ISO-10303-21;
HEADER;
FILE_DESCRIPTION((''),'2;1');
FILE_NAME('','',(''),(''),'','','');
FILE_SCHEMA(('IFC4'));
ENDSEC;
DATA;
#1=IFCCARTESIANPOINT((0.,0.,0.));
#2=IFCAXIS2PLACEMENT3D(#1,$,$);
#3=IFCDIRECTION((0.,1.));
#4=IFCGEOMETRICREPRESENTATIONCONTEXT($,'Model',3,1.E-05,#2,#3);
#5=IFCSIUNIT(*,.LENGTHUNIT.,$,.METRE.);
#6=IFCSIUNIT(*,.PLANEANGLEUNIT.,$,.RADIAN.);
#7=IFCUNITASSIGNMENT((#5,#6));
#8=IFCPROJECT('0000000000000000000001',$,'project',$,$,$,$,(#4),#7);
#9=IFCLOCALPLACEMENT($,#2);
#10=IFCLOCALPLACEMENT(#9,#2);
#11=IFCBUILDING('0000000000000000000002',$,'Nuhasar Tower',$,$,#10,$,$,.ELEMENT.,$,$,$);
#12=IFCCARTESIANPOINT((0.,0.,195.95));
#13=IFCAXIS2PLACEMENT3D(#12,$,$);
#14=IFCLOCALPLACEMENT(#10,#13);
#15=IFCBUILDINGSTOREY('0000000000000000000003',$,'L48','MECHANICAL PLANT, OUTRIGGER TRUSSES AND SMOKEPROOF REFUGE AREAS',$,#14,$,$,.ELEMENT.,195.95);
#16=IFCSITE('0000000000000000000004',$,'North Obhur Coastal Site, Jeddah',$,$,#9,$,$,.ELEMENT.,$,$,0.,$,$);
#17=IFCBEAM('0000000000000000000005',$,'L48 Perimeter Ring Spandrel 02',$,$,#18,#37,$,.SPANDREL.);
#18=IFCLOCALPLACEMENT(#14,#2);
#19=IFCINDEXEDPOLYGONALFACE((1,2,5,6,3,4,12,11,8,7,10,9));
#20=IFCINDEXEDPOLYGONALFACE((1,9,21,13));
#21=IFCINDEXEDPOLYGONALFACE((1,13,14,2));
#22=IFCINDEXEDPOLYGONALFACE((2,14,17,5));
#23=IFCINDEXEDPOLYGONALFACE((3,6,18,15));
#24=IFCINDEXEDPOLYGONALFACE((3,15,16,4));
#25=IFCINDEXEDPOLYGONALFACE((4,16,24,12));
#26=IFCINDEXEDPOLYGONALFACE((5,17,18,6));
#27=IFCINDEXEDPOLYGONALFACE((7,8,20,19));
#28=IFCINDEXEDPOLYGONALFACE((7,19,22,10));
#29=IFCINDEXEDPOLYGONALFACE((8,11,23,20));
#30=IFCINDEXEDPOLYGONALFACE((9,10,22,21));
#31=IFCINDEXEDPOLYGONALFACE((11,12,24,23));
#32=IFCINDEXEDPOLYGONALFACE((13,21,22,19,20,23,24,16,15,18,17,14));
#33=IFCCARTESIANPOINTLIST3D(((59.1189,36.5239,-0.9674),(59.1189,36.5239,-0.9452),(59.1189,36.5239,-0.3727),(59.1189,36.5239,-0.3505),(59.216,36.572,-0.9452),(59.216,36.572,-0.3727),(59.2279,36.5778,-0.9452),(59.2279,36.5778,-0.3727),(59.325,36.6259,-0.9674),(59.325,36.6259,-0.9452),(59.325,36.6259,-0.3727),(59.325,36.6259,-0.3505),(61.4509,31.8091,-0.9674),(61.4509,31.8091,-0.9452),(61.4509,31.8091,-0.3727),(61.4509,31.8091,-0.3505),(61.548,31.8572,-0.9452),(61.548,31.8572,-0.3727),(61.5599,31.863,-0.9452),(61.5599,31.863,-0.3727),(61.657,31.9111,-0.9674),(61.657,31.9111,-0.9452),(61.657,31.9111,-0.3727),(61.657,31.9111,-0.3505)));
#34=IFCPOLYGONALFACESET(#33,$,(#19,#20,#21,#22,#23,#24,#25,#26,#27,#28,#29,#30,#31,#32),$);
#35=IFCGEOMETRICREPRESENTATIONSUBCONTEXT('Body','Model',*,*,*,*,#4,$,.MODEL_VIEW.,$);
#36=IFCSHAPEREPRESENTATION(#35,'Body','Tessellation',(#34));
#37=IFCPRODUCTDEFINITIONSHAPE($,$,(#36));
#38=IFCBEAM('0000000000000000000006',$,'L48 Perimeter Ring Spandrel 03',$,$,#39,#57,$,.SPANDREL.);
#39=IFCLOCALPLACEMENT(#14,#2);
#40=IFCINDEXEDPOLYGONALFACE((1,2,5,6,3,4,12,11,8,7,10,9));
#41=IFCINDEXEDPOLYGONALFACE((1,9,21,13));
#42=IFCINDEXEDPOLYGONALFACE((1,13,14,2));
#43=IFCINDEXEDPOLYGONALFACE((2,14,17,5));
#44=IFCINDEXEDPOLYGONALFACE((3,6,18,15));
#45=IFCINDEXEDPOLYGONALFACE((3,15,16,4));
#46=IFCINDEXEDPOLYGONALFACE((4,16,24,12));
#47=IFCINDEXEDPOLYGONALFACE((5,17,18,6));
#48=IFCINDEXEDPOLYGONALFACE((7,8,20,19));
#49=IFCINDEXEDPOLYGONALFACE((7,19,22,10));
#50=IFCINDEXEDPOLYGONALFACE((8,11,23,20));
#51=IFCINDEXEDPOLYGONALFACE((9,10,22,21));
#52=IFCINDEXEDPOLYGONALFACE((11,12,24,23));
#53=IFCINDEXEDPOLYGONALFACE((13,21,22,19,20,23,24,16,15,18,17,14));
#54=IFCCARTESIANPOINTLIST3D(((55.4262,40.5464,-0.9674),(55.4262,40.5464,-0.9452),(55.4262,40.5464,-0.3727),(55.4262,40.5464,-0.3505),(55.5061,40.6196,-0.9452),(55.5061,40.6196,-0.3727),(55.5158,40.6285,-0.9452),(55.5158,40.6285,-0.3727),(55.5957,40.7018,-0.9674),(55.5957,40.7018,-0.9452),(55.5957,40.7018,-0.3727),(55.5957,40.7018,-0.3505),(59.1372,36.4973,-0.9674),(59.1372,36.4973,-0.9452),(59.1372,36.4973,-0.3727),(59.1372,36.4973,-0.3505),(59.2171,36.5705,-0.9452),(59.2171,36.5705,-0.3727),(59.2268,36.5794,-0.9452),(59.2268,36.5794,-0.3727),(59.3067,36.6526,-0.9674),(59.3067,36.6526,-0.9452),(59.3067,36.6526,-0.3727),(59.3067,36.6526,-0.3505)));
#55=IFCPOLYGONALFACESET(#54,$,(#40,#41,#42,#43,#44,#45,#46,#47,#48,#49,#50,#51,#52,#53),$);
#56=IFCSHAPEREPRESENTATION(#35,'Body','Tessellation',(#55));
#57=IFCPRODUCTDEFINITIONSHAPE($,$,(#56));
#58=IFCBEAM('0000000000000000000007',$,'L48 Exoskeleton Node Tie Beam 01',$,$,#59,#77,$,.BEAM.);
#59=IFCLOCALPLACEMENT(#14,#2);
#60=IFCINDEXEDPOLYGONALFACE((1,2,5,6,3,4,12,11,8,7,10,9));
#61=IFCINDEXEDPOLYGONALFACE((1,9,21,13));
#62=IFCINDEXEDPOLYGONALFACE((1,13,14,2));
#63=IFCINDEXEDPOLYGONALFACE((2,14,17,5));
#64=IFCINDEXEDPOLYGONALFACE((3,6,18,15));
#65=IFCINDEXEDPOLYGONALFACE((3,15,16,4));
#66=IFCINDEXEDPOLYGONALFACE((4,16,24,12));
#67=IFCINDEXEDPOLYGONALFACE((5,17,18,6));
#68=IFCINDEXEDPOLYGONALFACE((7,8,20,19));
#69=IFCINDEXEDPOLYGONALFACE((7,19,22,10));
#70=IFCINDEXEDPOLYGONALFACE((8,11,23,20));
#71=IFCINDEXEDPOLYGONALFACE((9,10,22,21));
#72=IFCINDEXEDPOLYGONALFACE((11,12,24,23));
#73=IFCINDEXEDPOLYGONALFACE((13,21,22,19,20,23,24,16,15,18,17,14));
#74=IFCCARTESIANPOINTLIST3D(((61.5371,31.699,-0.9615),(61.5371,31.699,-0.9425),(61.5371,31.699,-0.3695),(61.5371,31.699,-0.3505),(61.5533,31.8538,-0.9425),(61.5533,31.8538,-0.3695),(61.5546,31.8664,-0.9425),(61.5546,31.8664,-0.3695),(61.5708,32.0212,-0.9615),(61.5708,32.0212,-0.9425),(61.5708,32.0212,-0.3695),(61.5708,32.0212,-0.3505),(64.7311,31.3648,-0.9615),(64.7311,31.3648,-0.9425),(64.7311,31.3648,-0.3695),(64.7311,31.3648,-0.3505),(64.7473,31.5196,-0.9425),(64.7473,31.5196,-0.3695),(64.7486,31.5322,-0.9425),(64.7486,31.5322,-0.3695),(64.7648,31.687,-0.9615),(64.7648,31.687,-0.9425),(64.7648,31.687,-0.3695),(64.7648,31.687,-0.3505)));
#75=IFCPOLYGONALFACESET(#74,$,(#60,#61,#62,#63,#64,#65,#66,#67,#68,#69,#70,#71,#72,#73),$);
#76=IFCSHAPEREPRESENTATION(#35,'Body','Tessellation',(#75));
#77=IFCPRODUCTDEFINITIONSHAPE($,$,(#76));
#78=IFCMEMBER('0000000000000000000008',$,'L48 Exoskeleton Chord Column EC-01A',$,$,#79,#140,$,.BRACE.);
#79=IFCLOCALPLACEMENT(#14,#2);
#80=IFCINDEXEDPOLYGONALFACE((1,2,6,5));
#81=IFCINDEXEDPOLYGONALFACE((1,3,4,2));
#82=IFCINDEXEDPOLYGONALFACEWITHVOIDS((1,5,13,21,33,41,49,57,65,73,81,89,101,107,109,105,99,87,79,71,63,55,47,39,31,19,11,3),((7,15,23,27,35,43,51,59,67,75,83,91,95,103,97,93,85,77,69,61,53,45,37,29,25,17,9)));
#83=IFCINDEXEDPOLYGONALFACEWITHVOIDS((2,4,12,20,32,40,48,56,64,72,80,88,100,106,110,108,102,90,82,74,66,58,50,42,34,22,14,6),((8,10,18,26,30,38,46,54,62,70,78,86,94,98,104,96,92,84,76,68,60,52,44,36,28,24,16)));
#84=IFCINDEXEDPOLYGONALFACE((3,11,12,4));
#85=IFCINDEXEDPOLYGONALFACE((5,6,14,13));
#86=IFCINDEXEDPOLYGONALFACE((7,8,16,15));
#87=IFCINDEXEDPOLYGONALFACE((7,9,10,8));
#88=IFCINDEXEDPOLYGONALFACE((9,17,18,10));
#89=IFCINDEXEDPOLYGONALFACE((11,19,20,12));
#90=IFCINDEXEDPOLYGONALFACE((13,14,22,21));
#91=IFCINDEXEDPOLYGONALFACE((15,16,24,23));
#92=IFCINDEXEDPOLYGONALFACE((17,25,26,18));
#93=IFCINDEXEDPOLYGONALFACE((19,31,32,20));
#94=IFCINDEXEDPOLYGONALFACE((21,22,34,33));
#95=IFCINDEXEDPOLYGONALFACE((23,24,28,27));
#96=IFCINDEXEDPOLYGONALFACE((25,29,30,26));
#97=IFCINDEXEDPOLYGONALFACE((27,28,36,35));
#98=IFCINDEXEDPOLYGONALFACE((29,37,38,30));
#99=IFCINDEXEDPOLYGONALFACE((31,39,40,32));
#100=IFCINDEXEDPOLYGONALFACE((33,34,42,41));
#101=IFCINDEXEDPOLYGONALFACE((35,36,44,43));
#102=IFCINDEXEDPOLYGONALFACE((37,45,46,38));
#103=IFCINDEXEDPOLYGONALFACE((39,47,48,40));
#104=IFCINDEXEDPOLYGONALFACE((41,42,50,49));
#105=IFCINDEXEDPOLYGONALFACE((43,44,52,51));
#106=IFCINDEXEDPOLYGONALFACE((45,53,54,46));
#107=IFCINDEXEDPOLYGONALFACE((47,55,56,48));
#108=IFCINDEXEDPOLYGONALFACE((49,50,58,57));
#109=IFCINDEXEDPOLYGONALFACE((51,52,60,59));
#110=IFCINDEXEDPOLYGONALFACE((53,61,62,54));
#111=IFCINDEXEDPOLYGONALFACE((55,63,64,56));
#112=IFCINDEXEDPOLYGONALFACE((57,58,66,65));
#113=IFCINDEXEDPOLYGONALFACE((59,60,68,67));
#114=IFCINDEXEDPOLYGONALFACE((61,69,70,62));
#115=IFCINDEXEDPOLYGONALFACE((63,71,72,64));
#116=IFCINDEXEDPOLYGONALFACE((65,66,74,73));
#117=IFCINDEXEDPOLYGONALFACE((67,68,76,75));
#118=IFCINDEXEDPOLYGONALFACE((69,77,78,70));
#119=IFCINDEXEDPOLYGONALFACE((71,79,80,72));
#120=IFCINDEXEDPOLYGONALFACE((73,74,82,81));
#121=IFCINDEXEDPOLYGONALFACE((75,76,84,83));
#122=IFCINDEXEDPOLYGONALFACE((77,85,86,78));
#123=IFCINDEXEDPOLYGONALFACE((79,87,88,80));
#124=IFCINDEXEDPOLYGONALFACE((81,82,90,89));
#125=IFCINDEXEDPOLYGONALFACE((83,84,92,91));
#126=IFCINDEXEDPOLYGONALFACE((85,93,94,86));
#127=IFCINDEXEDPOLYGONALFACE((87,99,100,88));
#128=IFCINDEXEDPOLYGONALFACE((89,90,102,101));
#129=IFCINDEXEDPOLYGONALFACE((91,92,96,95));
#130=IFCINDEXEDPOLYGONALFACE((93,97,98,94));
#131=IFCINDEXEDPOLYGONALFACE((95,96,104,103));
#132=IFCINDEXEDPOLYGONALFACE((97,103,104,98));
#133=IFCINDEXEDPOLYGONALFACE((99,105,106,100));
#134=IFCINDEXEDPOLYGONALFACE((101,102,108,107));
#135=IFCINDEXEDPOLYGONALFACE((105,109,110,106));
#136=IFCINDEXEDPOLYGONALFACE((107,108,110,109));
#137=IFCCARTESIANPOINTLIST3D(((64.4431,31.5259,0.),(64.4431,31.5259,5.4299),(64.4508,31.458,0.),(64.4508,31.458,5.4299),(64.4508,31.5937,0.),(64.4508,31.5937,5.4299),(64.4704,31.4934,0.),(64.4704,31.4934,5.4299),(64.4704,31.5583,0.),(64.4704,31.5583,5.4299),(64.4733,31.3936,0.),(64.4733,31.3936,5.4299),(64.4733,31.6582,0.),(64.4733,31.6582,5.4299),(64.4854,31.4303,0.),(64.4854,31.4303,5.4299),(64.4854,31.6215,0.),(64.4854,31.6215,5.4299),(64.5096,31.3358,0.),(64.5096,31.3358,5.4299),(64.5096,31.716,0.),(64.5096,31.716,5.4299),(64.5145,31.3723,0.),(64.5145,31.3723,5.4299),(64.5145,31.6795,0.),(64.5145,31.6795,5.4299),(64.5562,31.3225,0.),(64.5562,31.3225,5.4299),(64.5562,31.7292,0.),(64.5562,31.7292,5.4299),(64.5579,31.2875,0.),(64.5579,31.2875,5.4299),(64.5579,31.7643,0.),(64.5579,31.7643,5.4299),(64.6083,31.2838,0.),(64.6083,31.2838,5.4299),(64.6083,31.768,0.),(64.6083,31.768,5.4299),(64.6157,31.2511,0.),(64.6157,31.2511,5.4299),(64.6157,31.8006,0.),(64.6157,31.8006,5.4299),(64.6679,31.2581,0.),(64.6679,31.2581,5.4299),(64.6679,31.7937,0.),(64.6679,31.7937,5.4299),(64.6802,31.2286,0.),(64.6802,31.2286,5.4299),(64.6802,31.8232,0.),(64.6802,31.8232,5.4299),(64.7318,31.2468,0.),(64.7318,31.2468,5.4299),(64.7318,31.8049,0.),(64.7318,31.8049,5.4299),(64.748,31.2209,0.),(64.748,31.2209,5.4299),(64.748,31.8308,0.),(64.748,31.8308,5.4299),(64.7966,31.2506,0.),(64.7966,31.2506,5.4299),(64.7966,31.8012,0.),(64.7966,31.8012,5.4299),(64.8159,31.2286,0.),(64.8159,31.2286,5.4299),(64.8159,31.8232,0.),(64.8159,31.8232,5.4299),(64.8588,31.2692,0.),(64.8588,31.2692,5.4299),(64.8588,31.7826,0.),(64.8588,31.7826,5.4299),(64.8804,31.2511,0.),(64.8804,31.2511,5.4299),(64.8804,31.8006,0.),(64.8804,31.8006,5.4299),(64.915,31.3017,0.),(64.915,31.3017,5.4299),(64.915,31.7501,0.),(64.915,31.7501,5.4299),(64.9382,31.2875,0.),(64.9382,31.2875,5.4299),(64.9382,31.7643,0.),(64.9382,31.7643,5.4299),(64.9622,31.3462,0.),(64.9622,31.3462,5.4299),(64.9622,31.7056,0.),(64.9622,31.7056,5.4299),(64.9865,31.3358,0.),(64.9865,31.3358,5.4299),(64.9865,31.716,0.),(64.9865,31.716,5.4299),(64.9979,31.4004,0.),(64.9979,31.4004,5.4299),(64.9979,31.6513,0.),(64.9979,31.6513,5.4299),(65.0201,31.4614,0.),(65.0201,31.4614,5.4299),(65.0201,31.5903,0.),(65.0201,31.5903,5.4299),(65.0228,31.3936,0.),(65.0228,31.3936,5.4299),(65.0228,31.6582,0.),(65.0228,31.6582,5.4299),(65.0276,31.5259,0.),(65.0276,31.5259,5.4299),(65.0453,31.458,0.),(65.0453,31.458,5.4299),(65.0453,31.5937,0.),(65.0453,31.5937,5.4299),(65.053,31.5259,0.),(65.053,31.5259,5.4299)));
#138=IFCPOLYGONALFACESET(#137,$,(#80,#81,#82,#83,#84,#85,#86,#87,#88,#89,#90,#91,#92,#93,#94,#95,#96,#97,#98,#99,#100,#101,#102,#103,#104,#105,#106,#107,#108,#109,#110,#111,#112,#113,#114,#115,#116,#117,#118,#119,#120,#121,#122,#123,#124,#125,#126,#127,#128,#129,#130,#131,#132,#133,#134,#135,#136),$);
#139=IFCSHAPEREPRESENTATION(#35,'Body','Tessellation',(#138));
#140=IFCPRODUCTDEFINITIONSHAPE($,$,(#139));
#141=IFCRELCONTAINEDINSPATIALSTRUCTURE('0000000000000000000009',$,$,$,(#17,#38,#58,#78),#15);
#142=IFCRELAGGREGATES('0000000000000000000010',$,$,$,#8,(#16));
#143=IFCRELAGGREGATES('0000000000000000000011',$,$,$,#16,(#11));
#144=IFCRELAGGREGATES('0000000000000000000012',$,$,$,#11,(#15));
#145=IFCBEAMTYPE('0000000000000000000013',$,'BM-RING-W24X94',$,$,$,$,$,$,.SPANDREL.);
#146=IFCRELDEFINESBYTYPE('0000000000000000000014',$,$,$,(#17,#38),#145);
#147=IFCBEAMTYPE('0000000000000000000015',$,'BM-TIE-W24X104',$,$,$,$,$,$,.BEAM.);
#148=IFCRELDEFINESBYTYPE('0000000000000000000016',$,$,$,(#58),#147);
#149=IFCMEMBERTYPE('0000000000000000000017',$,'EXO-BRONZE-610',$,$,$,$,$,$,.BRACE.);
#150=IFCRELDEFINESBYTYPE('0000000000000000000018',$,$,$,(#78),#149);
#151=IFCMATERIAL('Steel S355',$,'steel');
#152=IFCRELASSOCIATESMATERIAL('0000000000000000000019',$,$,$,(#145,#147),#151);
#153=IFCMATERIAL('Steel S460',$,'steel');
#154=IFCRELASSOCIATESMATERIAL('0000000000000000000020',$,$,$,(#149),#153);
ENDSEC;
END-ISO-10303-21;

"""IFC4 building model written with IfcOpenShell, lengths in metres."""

from ifc_helpers import new_model, si_unit, direction, frame, origin, origin_2d, place, context, subcontext, project, spatial, hollow_circle, i_section, extrude, material, material_profile, profile_set, type_object, element, save


model = new_model("IFC4")

# Units and contexts
model_context = context("Model", 3, precision=1e-05, world=origin(), true_north=direction((0.0, 1.0)))
body_context = subcontext(model_context, "Body", "Model", "MODEL_VIEW")
ifc_project = project(units=[si_unit("LENGTHUNIT", "METRE"), si_unit("PLANEANGLEUNIT", "RADIAN")], contexts=[model_context])

# Site, building, storey
site_placement = place(None, origin())
site = spatial("IfcSite", under=ifc_project, at=site_placement, Name="North Obhur Coastal Site, Jeddah", CompositionType="ELEMENT", RefElevation=0.0)
building_placement = place(site_placement, origin())
building = spatial("IfcBuilding", under=site, at=building_placement, Name="Nuhasar Tower", CompositionType="ELEMENT")
storey_placement = place(building_placement, frame((0.0, 0.0, 195.95)))
storey = spatial("IfcBuildingStorey", under=building, at=storey_placement, Name="L48", Description="MECHANICAL PLANT, OUTRIGGER TRUSSES AND SMOKEPROOF REFUGE AREAS", CompositionType="ELEMENT", Elevation=195.95)

# Shared definitions
ifc_material_1 = material(Name="Steel S460", Category="steel")

# Beams
ifc_material_2 = material(Name="Steel S355", Category="steel")
ifc_material_profile_1 = material_profile(ifc_material_2, i_section(OverallWidth=0.23, OverallDepth=0.6169, WebThickness=0.0132, FlangeThickness=0.0222, at=origin_2d()), Name="W24X94")
ifc_profile_set_1 = profile_set([ifc_material_profile_1], Name="Steel S355")
beam_type_1 = type_object("IfcBeamType", Name="BM-RING-W24X94", PredefinedType="SPANDREL", material=ifc_profile_set_1)
beam_1_placement = place(storey_placement, frame((61.554, 31.8601, -0.6589), z_axis=(-0.443348, 0.89635, 0.0), x_axis=(-0.89635, -0.443348, 0.0)))
element("IfcBeam", 1, at=beam_1_placement, inside=storey, type_object=beam_type_1, Name="L48 Perimeter Ring Spandrel 02", PredefinedType="SPANDREL", context=body_context, shape_type="SweptSolid", body=[
    extrude(i_section(OverallWidth=0.23, OverallDepth=0.6169, WebThickness=0.0132, FlangeThickness=0.0222, at=origin_2d()), origin(), (0.0, 0.0, 1.0), 5.26),
])
beam_2_placement = place(storey_placement, frame((59.2219, 36.575, -0.6589), z_axis=(-0.675654, 0.737219, 0.0), x_axis=(-0.737219, -0.675654, 0.0)))
element("IfcBeam", 2, at=beam_2_placement, inside=storey, type_object=beam_type_1, Name="L48 Perimeter Ring Spandrel 03", PredefinedType="SPANDREL", context=body_context, shape_type="SweptSolid", body=[
    extrude(i_section(OverallWidth=0.23, OverallDepth=0.6169, WebThickness=0.0132, FlangeThickness=0.0222, at=origin_2d()), origin(), (0.0, 0.0, 1.0), 5.4924),
])
ifc_material_profile_2 = material_profile(ifc_material_2, i_section(OverallWidth=0.324, OverallDepth=0.6111, WebThickness=0.0127, FlangeThickness=0.019, at=origin_2d()), Name="W24X104")
ifc_profile_set_2 = profile_set([ifc_material_profile_2], Name="Steel S355")
beam_type_2 = type_object("IfcBeamType", Name="BM-TIE-W24X104", PredefinedType="BEAM", material=ifc_profile_set_2)
beam_3_placement = place(storey_placement, frame((61.554, 31.8601, -0.656), z_axis=(0.99457, -0.104071, 0.0), x_axis=(0.104071, 0.99457, 0.0)))
element("IfcBeam", 3, at=beam_3_placement, inside=storey, type_object=beam_type_2, Name="L48 Exoskeleton Node Tie Beam 01", PredefinedType="BEAM", context=body_context, shape_type="SweptSolid", body=[
    extrude(i_section(OverallWidth=0.324, OverallDepth=0.6111, WebThickness=0.0127, FlangeThickness=0.019, at=origin_2d()), origin(), (0.0, 0.0, 1.0), 3.2114),
])

# Member
ifc_material_profile_3 = material_profile(ifc_material_1, hollow_circle(Radius=0.3049, WallThickness=0.0254, at=origin_2d()), Name="HSS610X25.4")
ifc_profile_set_3 = profile_set([ifc_material_profile_3], Name="Steel S460")
member_type_1 = type_object("IfcMemberType", Name="EXO-BRONZE-610", PredefinedType="BRACE", material=ifc_profile_set_3)
for number, where, z_axis, x_axis, name in (
    (4, (64.748, 31.5259, 0.0), (0.0, 0.0, 1.0), (1.0, 0.0, 0.0), "L48 Exoskeleton Chord Column EC-01A"),
):
    element("IfcMember", number, at=place(storey_placement, frame(where, z_axis=z_axis, x_axis=x_axis)), inside=storey, type_object=member_type_1, Name=name, PredefinedType="BRACE", context=body_context, shape_type="SweptSolid", body=[
        extrude(hollow_circle(Radius=0.3049, WallThickness=0.0254, at=origin_2d()), origin(), (0.0, 0.0, 1.0), 5.4299),
    ])

save(model, "model.ifc")
